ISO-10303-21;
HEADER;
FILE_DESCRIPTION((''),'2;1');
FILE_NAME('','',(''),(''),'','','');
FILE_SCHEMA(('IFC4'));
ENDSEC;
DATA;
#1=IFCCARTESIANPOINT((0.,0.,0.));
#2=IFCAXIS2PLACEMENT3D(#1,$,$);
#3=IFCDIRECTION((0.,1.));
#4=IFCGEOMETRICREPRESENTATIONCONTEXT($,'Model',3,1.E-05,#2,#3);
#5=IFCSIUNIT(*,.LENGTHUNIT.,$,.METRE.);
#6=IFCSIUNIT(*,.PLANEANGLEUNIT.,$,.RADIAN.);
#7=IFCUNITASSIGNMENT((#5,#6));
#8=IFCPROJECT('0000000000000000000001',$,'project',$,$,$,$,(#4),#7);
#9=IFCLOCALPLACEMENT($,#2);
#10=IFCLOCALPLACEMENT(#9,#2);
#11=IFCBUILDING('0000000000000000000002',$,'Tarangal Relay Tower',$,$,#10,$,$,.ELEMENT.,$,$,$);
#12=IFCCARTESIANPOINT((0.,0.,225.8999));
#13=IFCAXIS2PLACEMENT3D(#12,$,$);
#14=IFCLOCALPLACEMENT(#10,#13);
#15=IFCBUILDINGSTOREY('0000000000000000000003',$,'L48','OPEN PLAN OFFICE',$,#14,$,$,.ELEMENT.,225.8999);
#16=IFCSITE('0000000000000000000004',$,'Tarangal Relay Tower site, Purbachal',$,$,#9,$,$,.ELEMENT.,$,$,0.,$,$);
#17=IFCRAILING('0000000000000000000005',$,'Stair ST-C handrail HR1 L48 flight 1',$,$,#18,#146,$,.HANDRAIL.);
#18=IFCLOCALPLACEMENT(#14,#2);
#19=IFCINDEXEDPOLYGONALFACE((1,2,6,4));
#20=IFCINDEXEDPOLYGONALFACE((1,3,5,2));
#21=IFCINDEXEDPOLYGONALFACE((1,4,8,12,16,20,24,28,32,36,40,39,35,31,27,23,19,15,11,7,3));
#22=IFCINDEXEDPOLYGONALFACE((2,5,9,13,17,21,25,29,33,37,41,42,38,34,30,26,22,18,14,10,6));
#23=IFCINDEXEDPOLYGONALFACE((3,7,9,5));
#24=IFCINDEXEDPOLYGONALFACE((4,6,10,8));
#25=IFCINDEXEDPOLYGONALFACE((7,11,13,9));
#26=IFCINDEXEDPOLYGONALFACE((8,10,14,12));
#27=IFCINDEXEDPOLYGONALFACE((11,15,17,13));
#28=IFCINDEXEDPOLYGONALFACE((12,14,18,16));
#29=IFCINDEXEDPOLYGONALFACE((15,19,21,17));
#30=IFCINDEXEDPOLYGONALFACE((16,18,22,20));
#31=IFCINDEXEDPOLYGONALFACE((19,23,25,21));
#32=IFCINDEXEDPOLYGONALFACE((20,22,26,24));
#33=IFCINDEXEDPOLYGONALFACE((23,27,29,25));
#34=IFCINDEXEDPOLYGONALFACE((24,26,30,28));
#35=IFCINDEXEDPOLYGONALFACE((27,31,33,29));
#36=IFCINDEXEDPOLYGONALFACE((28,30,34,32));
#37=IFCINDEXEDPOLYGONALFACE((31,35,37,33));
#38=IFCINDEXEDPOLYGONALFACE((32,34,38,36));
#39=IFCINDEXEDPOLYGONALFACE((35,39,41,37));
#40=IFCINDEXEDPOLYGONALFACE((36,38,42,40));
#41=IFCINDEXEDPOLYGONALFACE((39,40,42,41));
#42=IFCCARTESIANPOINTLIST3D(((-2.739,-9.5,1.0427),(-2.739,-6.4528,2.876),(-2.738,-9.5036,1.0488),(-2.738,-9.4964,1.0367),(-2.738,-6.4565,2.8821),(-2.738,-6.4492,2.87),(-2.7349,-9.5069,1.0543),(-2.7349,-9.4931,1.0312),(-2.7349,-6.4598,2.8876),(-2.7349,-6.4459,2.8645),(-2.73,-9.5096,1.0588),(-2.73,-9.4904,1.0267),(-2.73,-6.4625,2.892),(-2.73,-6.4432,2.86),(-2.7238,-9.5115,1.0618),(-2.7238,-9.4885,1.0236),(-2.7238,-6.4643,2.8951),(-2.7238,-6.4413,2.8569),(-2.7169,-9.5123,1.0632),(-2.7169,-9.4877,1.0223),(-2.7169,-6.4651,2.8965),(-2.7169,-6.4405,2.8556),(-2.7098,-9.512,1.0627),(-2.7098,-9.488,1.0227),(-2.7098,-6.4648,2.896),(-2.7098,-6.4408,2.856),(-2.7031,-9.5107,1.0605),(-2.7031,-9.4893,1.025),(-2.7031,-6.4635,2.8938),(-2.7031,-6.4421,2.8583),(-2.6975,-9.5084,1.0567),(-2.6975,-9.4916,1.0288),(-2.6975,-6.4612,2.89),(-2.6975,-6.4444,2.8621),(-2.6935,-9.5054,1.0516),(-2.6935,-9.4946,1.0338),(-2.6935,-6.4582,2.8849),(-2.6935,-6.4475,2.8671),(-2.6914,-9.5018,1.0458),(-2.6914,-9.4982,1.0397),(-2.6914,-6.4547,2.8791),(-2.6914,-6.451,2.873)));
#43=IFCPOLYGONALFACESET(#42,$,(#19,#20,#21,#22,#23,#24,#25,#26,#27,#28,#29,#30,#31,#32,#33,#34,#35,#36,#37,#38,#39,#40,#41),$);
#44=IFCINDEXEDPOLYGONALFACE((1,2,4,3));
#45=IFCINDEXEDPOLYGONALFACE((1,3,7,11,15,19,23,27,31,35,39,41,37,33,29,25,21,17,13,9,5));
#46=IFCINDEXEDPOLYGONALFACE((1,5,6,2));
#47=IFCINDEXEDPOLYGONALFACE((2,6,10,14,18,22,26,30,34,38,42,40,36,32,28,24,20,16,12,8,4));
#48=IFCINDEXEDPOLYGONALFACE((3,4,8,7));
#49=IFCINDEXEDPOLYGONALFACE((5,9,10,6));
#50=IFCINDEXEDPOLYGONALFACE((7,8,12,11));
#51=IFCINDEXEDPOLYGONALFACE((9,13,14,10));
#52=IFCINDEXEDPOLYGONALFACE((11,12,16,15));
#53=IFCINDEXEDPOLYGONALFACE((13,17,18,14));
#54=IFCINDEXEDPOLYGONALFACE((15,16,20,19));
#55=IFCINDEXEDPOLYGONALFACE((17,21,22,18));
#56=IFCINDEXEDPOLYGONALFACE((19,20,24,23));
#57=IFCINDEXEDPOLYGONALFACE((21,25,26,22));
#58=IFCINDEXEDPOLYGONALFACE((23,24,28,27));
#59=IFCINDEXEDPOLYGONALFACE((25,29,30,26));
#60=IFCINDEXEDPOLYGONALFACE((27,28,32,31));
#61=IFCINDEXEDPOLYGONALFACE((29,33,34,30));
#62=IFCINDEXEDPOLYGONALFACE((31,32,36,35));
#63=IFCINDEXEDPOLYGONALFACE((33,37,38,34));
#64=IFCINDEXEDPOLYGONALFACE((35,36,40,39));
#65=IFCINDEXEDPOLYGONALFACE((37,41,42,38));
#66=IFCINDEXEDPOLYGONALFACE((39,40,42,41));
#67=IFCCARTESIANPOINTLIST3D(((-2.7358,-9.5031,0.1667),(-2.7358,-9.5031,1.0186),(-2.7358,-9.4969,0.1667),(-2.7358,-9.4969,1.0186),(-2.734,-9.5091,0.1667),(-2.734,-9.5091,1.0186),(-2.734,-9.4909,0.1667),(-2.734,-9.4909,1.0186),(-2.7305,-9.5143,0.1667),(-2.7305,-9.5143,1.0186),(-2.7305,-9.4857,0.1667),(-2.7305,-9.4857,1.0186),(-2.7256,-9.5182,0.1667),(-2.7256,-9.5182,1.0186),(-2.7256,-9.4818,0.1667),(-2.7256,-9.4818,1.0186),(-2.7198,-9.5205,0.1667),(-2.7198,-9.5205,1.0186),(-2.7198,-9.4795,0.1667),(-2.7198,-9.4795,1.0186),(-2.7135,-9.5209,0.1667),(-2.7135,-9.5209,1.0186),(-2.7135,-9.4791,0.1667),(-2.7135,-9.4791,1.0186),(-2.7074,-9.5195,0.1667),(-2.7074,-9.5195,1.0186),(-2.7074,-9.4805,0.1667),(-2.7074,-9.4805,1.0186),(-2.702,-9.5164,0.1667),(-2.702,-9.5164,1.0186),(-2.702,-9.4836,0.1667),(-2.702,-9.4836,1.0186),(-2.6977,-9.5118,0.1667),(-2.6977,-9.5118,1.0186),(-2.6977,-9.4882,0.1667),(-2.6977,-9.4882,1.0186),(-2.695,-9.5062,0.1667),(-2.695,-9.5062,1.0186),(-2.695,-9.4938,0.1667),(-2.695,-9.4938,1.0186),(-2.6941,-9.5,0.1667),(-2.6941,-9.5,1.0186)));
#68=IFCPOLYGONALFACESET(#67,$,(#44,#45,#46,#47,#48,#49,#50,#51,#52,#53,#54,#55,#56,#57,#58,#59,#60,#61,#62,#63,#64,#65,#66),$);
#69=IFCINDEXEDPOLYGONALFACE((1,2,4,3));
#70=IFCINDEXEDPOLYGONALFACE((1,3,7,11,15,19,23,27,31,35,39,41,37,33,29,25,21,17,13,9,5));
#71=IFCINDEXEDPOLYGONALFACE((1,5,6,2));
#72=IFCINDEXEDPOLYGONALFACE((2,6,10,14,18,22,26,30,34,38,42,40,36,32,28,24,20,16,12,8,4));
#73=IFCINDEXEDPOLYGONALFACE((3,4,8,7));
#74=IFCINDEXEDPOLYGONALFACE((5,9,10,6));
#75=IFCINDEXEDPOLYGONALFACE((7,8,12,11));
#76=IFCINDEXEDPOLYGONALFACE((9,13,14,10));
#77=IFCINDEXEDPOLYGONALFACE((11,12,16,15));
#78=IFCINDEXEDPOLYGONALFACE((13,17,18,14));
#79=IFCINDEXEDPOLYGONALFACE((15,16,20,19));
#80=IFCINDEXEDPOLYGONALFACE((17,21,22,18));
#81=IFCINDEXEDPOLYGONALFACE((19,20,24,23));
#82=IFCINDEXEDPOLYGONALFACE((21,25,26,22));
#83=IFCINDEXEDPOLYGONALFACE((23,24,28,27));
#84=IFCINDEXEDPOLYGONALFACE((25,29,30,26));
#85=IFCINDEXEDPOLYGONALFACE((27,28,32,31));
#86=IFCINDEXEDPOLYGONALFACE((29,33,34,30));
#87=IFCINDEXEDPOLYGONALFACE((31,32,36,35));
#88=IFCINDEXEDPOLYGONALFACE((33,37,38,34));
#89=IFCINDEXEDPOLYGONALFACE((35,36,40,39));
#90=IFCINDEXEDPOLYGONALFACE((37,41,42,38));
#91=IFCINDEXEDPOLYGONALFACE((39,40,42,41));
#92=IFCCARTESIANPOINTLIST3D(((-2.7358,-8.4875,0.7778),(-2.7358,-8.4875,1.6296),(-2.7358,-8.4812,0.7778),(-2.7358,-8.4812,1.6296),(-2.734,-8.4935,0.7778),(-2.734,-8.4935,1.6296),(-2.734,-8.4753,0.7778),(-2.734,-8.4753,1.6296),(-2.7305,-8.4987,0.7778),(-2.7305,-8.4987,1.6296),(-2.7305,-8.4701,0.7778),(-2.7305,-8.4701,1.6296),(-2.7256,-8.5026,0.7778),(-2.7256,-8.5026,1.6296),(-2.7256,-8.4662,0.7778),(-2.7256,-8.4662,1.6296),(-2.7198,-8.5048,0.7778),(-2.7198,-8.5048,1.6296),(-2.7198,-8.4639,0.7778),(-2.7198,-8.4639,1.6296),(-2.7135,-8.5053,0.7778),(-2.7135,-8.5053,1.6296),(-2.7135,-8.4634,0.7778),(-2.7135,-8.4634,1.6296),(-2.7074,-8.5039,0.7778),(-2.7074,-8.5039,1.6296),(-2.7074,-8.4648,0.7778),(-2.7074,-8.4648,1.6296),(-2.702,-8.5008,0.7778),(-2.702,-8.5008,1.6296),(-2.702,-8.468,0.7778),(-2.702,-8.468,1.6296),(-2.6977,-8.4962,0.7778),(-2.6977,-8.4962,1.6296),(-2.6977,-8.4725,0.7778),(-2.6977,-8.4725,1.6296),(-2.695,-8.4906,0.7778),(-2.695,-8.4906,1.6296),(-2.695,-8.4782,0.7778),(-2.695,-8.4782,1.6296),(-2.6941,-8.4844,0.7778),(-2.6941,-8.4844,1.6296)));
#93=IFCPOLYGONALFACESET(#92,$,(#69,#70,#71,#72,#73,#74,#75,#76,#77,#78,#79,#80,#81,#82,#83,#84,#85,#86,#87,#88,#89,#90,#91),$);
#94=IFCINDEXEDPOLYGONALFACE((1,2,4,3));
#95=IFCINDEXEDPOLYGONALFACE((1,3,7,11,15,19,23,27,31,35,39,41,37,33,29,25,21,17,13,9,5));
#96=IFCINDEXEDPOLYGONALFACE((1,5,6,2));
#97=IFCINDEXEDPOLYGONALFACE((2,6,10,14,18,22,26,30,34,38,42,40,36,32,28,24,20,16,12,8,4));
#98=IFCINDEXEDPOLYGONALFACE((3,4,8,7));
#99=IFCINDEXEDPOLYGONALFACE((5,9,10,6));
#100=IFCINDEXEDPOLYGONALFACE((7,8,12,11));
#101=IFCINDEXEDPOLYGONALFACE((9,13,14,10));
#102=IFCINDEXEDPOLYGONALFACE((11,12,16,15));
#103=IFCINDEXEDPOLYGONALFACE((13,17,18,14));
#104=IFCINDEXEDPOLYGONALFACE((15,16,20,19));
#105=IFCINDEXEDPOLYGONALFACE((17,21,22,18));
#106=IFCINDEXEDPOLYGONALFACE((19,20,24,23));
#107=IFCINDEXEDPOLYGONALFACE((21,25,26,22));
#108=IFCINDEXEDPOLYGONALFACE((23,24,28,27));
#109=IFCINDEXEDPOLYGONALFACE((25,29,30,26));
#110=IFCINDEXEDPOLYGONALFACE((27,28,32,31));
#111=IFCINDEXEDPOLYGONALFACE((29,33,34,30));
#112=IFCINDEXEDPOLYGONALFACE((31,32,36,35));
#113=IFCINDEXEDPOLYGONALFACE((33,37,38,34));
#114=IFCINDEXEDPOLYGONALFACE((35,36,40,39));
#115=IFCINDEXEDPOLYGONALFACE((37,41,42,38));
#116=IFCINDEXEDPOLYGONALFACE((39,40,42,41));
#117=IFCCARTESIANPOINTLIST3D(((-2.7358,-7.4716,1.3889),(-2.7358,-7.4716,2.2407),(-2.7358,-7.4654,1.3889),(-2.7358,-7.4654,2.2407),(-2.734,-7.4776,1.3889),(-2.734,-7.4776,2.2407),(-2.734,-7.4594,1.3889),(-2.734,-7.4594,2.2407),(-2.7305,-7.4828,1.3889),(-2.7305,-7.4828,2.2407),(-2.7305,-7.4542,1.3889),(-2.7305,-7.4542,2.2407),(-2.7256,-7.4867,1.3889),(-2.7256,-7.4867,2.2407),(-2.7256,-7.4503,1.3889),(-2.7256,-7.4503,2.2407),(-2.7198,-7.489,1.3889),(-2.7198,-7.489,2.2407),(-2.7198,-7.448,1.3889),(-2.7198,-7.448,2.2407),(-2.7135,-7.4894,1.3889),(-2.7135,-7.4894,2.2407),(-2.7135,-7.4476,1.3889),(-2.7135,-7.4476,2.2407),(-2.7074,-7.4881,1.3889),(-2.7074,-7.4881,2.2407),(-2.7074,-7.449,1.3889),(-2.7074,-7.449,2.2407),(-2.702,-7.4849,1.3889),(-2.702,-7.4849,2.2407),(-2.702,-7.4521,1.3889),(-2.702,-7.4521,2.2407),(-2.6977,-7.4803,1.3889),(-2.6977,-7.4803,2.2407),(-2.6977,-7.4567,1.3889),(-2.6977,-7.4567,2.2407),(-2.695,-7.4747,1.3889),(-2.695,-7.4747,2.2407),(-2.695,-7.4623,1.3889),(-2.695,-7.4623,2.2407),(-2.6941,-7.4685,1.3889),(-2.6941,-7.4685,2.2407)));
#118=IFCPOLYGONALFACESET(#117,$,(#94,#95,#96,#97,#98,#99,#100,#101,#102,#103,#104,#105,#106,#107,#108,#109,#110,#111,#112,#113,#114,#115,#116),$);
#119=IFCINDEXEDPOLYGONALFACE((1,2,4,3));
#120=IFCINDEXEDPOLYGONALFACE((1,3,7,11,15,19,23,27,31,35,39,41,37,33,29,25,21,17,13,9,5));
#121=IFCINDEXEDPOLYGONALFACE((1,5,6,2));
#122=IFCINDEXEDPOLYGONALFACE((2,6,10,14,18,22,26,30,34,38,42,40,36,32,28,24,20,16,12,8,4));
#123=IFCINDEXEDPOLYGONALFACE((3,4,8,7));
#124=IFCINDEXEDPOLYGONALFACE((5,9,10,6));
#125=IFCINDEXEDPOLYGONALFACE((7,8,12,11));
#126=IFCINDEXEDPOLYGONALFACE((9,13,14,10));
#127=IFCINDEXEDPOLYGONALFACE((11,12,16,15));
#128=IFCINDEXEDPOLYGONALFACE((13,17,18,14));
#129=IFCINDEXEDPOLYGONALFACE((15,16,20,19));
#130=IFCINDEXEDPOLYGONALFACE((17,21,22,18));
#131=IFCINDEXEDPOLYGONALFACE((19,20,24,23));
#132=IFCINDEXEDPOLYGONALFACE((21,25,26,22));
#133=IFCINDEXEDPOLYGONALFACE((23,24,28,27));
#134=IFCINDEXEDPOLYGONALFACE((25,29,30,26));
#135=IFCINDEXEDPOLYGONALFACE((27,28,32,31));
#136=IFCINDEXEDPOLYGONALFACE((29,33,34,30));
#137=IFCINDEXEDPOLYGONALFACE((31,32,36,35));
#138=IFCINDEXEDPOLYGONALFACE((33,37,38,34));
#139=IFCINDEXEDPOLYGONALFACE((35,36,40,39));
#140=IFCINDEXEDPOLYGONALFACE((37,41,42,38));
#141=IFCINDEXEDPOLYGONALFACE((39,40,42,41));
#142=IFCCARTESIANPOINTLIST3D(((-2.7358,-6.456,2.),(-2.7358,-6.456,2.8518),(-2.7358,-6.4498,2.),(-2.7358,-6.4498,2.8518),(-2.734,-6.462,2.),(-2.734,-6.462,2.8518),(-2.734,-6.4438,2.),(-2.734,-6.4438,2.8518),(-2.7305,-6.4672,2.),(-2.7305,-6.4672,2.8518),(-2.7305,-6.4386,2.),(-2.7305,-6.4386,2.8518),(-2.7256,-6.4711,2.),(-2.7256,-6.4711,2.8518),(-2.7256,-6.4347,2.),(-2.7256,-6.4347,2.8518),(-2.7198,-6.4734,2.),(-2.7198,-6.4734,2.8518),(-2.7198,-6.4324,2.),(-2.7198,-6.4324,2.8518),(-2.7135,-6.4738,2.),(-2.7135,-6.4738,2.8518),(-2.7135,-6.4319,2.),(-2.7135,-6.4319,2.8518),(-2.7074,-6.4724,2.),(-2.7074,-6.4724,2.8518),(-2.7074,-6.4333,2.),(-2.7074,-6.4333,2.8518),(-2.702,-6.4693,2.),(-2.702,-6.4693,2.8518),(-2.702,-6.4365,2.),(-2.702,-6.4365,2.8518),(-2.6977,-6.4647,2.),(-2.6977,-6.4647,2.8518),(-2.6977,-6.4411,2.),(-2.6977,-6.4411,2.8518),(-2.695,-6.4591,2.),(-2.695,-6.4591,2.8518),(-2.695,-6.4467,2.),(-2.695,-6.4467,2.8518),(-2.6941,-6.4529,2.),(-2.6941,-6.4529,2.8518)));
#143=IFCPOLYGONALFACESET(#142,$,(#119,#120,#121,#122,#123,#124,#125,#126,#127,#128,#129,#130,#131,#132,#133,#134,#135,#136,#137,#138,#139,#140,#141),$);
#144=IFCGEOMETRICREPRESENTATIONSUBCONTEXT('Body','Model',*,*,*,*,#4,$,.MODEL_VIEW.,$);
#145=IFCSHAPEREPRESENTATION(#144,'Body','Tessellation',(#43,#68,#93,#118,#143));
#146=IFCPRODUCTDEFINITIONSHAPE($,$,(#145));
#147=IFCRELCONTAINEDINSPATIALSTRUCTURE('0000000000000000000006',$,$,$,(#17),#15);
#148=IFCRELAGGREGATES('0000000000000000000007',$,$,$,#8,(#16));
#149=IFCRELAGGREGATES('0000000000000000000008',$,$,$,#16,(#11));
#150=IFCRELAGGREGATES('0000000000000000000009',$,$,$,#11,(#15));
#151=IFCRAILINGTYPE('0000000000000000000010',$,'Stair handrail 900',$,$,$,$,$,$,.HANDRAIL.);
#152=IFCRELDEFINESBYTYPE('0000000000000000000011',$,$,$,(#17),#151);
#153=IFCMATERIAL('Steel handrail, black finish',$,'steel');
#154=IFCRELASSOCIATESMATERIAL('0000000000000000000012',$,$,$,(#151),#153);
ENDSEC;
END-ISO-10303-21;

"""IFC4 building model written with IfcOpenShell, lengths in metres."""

from ifc_helpers import new_model, si_unit, direction, frame, origin, origin_2d, place, context, subcontext, project, spatial, circle, extrude, material, type_object, element, save


model = new_model("IFC4")

# Units and contexts
model_context = context("Model", 3, precision=1e-05, world=origin(), true_north=direction((0.0, 1.0)))
body_context = subcontext(model_context, "Body", "Model", "MODEL_VIEW")
ifc_project = project(units=[si_unit("LENGTHUNIT", "METRE"), si_unit("PLANEANGLEUNIT", "RADIAN")], contexts=[model_context])

# Site, building, storey
site_placement = place(None, origin())
site = spatial("IfcSite", under=ifc_project, at=site_placement, Name="Tarangal Relay Tower site, Purbachal", CompositionType="ELEMENT", RefElevation=0.0)
building_placement = place(site_placement, origin())
building = spatial("IfcBuilding", under=site, at=building_placement, Name="Tarangal Relay Tower", CompositionType="ELEMENT")
storey_placement = place(building_placement, frame((0.0, 0.0, 225.8999)))
storey = spatial("IfcBuildingStorey", under=building, at=storey_placement, Name="L48", Description="OPEN PLAN OFFICE", CompositionType="ELEMENT", Elevation=225.8999)

# Railing
ifc_material_1 = material(Name="Steel handrail, black finish", Category="steel")
railing_type_1 = type_object("IfcRailingType", Name="Stair handrail 900", PredefinedType="HANDRAIL", material=ifc_material_1)
railing_1_placement = place(storey_placement, frame((-2.7151, -9.5, 0.1667)))
element("IfcRailing", 1, at=railing_1_placement, inside=storey, type_object=railing_type_1, Name="Stair ST-C handrail HR1 L48 flight 1", PredefinedType="HANDRAIL", context=body_context, shape_type="SweptSolid", body=[
    extrude(circle(Radius=0.0239, at=origin_2d()), frame((0.0, 0.0, 0.876), z_axis=(0.0, 0.856874, 0.515525), x_axis=(-1.0, 0.0, 0.0)), (0.0, 0.0, 1.0), 3.5562),
    extrude(circle(Radius=0.021, at=origin_2d()), origin(), (0.0, 0.0, 1.0), 0.8518),
    extrude(circle(Radius=0.021, at=origin_2d()), frame((0.0, 1.0156, 0.6111)), (0.0, 0.0, 1.0), 0.8518),
    extrude(circle(Radius=0.021, at=origin_2d()), frame((0.0, 2.0315, 1.2222)), (0.0, 0.0, 1.0), 0.8518),
    extrude(circle(Radius=0.021, at=origin_2d()), frame((0.0, 3.0471, 1.8333)), (0.0, 0.0, 1.0), 0.8518),
])

save(model, "model.ifc")
